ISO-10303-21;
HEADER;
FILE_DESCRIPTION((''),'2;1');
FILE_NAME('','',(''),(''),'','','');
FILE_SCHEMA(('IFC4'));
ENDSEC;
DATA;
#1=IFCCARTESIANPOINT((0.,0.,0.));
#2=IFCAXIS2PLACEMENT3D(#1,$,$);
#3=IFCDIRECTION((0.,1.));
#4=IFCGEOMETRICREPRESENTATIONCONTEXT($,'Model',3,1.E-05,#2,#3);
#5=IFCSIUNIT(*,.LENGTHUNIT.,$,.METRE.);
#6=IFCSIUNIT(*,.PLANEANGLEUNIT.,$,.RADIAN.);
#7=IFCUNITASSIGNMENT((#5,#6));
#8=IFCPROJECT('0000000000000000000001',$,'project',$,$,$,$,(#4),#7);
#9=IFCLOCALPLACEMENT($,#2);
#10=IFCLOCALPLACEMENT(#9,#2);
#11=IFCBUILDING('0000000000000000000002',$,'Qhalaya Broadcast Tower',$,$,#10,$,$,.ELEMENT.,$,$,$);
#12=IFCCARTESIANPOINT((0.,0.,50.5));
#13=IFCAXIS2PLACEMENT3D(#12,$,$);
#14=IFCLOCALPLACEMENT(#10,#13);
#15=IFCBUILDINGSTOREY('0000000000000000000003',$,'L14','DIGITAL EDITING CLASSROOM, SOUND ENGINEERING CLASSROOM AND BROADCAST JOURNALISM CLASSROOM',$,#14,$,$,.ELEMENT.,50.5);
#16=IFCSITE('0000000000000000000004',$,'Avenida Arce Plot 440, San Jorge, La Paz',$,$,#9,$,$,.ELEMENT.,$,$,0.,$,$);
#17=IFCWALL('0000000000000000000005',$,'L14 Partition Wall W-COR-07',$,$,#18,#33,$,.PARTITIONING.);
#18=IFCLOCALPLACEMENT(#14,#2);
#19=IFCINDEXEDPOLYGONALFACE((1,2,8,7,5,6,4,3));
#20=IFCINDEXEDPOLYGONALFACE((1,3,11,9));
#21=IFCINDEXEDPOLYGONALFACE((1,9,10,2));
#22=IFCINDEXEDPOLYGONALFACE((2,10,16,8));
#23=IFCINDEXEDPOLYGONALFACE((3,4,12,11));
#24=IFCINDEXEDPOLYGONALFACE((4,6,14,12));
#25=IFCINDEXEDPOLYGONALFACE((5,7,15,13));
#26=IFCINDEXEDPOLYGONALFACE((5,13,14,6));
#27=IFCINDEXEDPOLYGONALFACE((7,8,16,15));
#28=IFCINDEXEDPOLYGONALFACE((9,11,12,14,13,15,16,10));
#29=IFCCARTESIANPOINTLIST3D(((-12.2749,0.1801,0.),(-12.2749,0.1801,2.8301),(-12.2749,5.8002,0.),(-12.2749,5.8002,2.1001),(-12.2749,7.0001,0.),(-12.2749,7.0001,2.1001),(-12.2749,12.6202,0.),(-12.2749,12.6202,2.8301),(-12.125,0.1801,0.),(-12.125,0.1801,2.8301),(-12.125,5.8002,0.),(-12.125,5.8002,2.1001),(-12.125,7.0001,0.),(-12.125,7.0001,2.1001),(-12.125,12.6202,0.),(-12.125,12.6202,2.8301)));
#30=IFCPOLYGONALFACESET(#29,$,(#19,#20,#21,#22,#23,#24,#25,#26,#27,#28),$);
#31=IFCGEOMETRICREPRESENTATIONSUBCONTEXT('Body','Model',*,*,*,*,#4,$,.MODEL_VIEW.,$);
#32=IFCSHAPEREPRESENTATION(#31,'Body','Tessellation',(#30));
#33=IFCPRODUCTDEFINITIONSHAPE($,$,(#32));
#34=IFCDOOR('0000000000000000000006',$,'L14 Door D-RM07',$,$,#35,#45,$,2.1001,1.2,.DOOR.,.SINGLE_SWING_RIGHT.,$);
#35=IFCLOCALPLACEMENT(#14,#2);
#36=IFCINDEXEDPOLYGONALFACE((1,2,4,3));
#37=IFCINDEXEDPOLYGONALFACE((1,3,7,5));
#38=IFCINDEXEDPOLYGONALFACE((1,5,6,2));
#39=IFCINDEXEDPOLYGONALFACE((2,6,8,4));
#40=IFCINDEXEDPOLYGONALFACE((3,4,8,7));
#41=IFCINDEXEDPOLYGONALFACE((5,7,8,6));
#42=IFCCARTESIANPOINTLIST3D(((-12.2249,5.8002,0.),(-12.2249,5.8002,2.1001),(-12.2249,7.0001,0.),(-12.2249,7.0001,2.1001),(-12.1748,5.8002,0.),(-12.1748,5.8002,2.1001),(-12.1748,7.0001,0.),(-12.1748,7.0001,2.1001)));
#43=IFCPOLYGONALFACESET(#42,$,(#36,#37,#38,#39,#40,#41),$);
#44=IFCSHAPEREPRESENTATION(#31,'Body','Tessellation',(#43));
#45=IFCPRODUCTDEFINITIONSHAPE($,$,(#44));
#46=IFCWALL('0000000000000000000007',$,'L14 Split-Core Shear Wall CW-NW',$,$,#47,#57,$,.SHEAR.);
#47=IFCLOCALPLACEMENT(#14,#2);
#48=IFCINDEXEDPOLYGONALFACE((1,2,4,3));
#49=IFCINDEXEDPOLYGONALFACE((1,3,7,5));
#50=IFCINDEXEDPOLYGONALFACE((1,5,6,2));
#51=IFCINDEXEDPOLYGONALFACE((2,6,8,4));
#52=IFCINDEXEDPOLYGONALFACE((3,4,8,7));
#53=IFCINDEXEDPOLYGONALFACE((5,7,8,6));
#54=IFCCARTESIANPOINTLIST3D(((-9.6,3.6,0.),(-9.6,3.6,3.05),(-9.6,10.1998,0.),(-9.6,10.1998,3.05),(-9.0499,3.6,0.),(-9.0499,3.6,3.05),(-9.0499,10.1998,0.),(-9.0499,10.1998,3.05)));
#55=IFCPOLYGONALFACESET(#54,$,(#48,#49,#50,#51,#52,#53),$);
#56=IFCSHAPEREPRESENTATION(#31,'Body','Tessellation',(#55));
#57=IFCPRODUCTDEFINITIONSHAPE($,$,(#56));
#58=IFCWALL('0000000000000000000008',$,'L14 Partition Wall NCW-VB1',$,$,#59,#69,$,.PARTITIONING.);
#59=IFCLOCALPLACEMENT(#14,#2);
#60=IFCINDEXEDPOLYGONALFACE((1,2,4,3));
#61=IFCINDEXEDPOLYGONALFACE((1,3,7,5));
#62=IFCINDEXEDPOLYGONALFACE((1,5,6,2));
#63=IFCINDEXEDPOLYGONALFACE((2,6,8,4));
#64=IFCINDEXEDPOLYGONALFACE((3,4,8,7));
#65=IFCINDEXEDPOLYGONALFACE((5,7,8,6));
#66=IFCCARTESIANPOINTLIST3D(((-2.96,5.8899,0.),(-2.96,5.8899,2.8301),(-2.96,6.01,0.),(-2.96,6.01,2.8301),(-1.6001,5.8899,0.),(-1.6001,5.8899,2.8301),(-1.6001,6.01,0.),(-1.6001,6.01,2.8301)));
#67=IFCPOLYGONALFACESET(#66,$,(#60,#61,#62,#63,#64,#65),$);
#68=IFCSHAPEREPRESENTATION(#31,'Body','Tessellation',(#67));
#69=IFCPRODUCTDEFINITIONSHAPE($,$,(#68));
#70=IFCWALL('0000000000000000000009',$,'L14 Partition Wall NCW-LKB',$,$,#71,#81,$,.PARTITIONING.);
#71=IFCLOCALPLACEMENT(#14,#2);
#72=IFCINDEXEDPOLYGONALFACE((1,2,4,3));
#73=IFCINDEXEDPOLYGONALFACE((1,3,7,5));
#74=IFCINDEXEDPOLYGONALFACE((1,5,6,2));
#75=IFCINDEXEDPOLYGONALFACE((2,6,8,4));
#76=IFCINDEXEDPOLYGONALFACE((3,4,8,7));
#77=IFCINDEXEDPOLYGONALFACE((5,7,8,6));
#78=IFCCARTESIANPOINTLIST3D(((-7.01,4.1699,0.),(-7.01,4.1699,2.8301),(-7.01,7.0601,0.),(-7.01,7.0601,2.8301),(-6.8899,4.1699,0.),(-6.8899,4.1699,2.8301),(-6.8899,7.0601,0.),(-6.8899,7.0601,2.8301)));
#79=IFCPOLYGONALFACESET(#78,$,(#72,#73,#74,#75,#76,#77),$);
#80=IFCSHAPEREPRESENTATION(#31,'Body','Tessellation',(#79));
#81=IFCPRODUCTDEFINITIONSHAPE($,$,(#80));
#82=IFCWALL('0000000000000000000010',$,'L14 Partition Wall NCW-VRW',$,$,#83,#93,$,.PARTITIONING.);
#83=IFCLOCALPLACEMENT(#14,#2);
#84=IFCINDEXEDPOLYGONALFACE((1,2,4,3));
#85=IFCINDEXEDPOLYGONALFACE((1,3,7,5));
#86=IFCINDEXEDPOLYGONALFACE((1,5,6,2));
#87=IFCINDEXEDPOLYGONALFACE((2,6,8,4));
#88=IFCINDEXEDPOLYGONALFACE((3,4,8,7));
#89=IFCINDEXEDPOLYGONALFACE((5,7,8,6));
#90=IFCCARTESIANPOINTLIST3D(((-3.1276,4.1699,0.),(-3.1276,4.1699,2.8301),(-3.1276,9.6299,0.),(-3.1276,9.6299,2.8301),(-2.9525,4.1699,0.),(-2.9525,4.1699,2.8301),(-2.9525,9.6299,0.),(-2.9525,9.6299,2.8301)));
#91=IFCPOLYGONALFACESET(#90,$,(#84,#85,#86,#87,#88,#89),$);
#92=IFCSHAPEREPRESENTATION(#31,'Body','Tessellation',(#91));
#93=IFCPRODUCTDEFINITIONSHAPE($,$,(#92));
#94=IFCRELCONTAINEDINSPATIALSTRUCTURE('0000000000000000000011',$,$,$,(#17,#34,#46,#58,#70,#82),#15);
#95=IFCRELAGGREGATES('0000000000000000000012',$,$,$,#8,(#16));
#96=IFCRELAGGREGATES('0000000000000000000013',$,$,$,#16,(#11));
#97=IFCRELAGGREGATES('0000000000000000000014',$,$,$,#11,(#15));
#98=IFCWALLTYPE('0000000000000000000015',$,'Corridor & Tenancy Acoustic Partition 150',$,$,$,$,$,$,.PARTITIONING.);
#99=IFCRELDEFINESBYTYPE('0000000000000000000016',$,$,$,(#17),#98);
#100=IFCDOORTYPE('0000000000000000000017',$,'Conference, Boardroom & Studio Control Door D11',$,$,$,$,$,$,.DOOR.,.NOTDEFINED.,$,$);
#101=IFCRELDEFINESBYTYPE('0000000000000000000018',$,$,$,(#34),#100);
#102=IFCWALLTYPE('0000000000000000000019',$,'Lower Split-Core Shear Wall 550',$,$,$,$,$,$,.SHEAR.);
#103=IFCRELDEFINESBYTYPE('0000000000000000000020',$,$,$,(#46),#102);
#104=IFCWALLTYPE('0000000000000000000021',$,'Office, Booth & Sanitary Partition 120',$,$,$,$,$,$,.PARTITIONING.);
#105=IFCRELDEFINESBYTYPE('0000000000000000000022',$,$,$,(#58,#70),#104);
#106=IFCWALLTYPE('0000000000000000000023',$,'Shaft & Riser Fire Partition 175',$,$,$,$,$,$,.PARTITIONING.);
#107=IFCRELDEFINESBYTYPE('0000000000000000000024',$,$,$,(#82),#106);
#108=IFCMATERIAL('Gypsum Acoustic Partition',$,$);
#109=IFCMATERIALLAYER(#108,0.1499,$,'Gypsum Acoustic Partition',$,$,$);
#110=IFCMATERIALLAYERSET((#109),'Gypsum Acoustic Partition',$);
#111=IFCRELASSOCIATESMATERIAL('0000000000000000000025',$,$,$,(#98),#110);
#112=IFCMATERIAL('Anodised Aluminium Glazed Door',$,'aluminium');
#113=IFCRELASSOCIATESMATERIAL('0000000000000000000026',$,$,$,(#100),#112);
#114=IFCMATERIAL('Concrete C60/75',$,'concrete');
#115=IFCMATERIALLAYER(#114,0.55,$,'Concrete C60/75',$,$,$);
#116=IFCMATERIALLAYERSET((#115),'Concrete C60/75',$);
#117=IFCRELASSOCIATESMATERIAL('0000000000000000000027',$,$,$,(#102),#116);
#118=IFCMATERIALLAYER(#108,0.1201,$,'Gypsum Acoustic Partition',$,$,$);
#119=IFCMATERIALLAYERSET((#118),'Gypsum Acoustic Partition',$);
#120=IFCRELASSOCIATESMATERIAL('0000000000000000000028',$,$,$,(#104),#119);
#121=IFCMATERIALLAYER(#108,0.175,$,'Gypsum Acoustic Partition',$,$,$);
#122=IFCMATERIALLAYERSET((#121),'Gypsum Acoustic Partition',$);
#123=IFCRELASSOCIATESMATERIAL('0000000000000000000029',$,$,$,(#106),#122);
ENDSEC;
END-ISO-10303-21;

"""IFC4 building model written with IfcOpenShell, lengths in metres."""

from ifc_helpers import new_model, si_unit, direction, frame, frame_2d, origin, place, context, subcontext, project, spatial, rectangle, extrude, material, layer, layer_set, type_object, element, fill, save


model = new_model("IFC4")

# Units and contexts
model_context = context("Model", 3, precision=1e-05, world=origin(), true_north=direction((0.0, 1.0)))
body_context = subcontext(model_context, "Body", "Model", "MODEL_VIEW")
ifc_project = project(units=[si_unit("LENGTHUNIT", "METRE"), si_unit("PLANEANGLEUNIT", "RADIAN")], contexts=[model_context])

# Site, building, storey
site_placement = place(None, origin())
site = spatial("IfcSite", under=ifc_project, at=site_placement, Name="Avenida Arce Plot 440, San Jorge, La Paz", CompositionType="ELEMENT", RefElevation=0.0)
building_placement = place(site_placement, origin())
building = spatial("IfcBuilding", under=site, at=building_placement, Name="Qhalaya Broadcast Tower", CompositionType="ELEMENT")
storey_placement = place(building_placement, frame((0.0, 0.0, 50.5)))
storey = spatial("IfcBuildingStorey", under=building, at=storey_placement, Name="L14", Description="DIGITAL EDITING CLASSROOM, SOUND ENGINEERING CLASSROOM AND BROADCAST JOURNALISM CLASSROOM", CompositionType="ELEMENT", Elevation=50.5)

# Shared definitions
ifc_material_1 = material(Name="Gypsum Acoustic Partition")
ifc_layer_1 = layer(ifc_material_1, 0.1499, Name="Gypsum Acoustic Partition")
ifc_layer_set_1 = layer_set([ifc_layer_1], Name="Gypsum Acoustic Partition")
wall_type_1 = type_object("IfcWallType", Name="Corridor & Tenancy Acoustic Partition 150", PredefinedType="PARTITIONING", material=ifc_layer_set_1)

# Wall, opening, door
wall_1_placement = place(storey_placement, frame((-12.2, 0.1799, 0.0), z_axis=(0.0, 0.0, 1.0), x_axis=(0.0, 1.0, 0.0)))
wall_1 = element("IfcWall", 1, at=wall_1_placement, inside=storey, type_object=wall_type_1, Name="L14 Partition Wall W-COR-07", PredefinedType="PARTITIONING", context=body_context, shape_type="SweptSolid", body=[
    extrude(rectangle(XDim=12.4402, YDim=0.1499, at=frame_2d((6.2202, 0.0))), origin(), (0.0, 0.0, 1.0), 2.8301),
])
opening_1_placement = place(wall_1_placement, frame((5.6201, 0.0, 0.0)))
opening_1 = element("IfcOpeningElement", 2, at=opening_1_placement, cuts=wall_1, PredefinedType="OPENING", context=body_context, shape_type="SweptSolid", body=[
    extrude(rectangle(XDim=1.2, YDim=2.1001, at=frame_2d((0.6001, 1.05))), frame((0.0, 0.0869, 0.0), z_axis=(0.0, -1.0, 0.0), x_axis=(1.0, 0.0, 0.0)), (0.0, 0.0, 1.0), 0.1738),
])
ifc_material_2 = material(Name="Anodised Aluminium Glazed Door", Category="aluminium")
door_type_1 = type_object("IfcDoorType", Name="Conference, Boardroom & Studio Control Door D11", OperationType="NOTDEFINED", PredefinedType="DOOR", material=ifc_material_2)
door_1_placement = place(opening_1_placement, origin())
door_1 = element("IfcDoor", 3, at=door_1_placement, inside=storey, type_object=door_type_1, Name="L14 Door D-RM07", OperationType="SINGLE_SWING_RIGHT", OverallHeight=2.1001, OverallWidth=1.2, PredefinedType="DOOR", context=body_context, shape_type="SweptSolid", body=[
    extrude(rectangle(XDim=1.2, YDim=2.1001, at=frame_2d((0.6001, 1.05))), frame((0.0, 0.0249, 0.0), z_axis=(0.0, -1.0, 0.0), x_axis=(1.0, 0.0, 0.0)), (0.0, 0.0, 1.0), 0.05),
])
fill(opening_1, door_1)

# Shared definitions
ifc_material_3 = material(Name="Concrete C60/75", Category="concrete")
ifc_layer_2 = layer(ifc_material_3, 0.55, Name="Concrete C60/75")
ifc_layer_set_2 = layer_set([ifc_layer_2], Name="Concrete C60/75")
wall_type_2 = type_object("IfcWallType", Name="Lower Split-Core Shear Wall 550", PredefinedType="SHEAR", material=ifc_layer_set_2)

# Walls
wall_2_placement = place(storey_placement, frame((-9.325, 3.6001, 0.0), z_axis=(0.0, 0.0, 1.0), x_axis=(0.0, 1.0, 0.0)))
element("IfcWall", 4, at=wall_2_placement, inside=storey, type_object=wall_type_2, Name="L14 Split-Core Shear Wall CW-NW", PredefinedType="SHEAR", context=body_context, shape_type="SweptSolid", body=[
    extrude(rectangle(XDim=6.5999, YDim=0.55, at=frame_2d((3.2998, 0.0))), origin(), (0.0, 0.0, 1.0), 3.05),
])
ifc_layer_3 = layer(ifc_material_1, 0.1201, Name="Gypsum Acoustic Partition")
ifc_layer_set_3 = layer_set([ifc_layer_3], Name="Gypsum Acoustic Partition")
wall_type_3 = type_object("IfcWallType", Name="Office, Booth & Sanitary Partition 120", PredefinedType="PARTITIONING", material=ifc_layer_set_3)
wall_3_placement = place(storey_placement, frame((-2.96, 5.95, 0.0), z_axis=(0.0, 0.0, 1.0), x_axis=(1.0, 0.0, 0.0)))
element("IfcWall", 5, at=wall_3_placement, inside=storey, type_object=wall_type_3, Name="L14 Partition Wall NCW-VB1", PredefinedType="PARTITIONING", context=body_context, shape_type="SweptSolid", body=[
    extrude(rectangle(XDim=1.3599, YDim=0.1201, at=frame_2d((0.6799, 0.0))), origin(), (0.0, 0.0, 1.0), 2.8301),
])
wall_4_placement = place(storey_placement, frame((-6.95, 4.1699, 0.0), z_axis=(0.0, 0.0, 1.0), x_axis=(0.0, 1.0, 0.0)))
element("IfcWall", 6, at=wall_4_placement, inside=storey, type_object=wall_type_3, Name="L14 Partition Wall NCW-LKB", PredefinedType="PARTITIONING", context=body_context, shape_type="SweptSolid", body=[
    extrude(rectangle(XDim=2.8901, YDim=0.1201, at=frame_2d((1.4451, 0.0))), origin(), (0.0, 0.0, 1.0), 2.8301),
])
ifc_layer_4 = layer(ifc_material_1, 0.175, Name="Gypsum Acoustic Partition")
ifc_layer_set_4 = layer_set([ifc_layer_4], Name="Gypsum Acoustic Partition")
wall_type_4 = type_object("IfcWallType", Name="Shaft & Riser Fire Partition 175", PredefinedType="PARTITIONING", material=ifc_layer_set_4)
wall_5_placement = place(storey_placement, frame((-3.04, 4.1699, 0.0), z_axis=(0.0, 0.0, 1.0), x_axis=(0.0, 1.0, 0.0)))
element("IfcWall", 7, at=wall_5_placement, inside=storey, type_object=wall_type_4, Name="L14 Partition Wall NCW-VRW", PredefinedType="PARTITIONING", context=body_context, shape_type="SweptSolid", body=[
    extrude(rectangle(XDim=5.46, YDim=0.175, at=frame_2d((2.73, 0.0))), origin(), (0.0, 0.0, 1.0), 2.8301),
])

save(model, "model.ifc")
